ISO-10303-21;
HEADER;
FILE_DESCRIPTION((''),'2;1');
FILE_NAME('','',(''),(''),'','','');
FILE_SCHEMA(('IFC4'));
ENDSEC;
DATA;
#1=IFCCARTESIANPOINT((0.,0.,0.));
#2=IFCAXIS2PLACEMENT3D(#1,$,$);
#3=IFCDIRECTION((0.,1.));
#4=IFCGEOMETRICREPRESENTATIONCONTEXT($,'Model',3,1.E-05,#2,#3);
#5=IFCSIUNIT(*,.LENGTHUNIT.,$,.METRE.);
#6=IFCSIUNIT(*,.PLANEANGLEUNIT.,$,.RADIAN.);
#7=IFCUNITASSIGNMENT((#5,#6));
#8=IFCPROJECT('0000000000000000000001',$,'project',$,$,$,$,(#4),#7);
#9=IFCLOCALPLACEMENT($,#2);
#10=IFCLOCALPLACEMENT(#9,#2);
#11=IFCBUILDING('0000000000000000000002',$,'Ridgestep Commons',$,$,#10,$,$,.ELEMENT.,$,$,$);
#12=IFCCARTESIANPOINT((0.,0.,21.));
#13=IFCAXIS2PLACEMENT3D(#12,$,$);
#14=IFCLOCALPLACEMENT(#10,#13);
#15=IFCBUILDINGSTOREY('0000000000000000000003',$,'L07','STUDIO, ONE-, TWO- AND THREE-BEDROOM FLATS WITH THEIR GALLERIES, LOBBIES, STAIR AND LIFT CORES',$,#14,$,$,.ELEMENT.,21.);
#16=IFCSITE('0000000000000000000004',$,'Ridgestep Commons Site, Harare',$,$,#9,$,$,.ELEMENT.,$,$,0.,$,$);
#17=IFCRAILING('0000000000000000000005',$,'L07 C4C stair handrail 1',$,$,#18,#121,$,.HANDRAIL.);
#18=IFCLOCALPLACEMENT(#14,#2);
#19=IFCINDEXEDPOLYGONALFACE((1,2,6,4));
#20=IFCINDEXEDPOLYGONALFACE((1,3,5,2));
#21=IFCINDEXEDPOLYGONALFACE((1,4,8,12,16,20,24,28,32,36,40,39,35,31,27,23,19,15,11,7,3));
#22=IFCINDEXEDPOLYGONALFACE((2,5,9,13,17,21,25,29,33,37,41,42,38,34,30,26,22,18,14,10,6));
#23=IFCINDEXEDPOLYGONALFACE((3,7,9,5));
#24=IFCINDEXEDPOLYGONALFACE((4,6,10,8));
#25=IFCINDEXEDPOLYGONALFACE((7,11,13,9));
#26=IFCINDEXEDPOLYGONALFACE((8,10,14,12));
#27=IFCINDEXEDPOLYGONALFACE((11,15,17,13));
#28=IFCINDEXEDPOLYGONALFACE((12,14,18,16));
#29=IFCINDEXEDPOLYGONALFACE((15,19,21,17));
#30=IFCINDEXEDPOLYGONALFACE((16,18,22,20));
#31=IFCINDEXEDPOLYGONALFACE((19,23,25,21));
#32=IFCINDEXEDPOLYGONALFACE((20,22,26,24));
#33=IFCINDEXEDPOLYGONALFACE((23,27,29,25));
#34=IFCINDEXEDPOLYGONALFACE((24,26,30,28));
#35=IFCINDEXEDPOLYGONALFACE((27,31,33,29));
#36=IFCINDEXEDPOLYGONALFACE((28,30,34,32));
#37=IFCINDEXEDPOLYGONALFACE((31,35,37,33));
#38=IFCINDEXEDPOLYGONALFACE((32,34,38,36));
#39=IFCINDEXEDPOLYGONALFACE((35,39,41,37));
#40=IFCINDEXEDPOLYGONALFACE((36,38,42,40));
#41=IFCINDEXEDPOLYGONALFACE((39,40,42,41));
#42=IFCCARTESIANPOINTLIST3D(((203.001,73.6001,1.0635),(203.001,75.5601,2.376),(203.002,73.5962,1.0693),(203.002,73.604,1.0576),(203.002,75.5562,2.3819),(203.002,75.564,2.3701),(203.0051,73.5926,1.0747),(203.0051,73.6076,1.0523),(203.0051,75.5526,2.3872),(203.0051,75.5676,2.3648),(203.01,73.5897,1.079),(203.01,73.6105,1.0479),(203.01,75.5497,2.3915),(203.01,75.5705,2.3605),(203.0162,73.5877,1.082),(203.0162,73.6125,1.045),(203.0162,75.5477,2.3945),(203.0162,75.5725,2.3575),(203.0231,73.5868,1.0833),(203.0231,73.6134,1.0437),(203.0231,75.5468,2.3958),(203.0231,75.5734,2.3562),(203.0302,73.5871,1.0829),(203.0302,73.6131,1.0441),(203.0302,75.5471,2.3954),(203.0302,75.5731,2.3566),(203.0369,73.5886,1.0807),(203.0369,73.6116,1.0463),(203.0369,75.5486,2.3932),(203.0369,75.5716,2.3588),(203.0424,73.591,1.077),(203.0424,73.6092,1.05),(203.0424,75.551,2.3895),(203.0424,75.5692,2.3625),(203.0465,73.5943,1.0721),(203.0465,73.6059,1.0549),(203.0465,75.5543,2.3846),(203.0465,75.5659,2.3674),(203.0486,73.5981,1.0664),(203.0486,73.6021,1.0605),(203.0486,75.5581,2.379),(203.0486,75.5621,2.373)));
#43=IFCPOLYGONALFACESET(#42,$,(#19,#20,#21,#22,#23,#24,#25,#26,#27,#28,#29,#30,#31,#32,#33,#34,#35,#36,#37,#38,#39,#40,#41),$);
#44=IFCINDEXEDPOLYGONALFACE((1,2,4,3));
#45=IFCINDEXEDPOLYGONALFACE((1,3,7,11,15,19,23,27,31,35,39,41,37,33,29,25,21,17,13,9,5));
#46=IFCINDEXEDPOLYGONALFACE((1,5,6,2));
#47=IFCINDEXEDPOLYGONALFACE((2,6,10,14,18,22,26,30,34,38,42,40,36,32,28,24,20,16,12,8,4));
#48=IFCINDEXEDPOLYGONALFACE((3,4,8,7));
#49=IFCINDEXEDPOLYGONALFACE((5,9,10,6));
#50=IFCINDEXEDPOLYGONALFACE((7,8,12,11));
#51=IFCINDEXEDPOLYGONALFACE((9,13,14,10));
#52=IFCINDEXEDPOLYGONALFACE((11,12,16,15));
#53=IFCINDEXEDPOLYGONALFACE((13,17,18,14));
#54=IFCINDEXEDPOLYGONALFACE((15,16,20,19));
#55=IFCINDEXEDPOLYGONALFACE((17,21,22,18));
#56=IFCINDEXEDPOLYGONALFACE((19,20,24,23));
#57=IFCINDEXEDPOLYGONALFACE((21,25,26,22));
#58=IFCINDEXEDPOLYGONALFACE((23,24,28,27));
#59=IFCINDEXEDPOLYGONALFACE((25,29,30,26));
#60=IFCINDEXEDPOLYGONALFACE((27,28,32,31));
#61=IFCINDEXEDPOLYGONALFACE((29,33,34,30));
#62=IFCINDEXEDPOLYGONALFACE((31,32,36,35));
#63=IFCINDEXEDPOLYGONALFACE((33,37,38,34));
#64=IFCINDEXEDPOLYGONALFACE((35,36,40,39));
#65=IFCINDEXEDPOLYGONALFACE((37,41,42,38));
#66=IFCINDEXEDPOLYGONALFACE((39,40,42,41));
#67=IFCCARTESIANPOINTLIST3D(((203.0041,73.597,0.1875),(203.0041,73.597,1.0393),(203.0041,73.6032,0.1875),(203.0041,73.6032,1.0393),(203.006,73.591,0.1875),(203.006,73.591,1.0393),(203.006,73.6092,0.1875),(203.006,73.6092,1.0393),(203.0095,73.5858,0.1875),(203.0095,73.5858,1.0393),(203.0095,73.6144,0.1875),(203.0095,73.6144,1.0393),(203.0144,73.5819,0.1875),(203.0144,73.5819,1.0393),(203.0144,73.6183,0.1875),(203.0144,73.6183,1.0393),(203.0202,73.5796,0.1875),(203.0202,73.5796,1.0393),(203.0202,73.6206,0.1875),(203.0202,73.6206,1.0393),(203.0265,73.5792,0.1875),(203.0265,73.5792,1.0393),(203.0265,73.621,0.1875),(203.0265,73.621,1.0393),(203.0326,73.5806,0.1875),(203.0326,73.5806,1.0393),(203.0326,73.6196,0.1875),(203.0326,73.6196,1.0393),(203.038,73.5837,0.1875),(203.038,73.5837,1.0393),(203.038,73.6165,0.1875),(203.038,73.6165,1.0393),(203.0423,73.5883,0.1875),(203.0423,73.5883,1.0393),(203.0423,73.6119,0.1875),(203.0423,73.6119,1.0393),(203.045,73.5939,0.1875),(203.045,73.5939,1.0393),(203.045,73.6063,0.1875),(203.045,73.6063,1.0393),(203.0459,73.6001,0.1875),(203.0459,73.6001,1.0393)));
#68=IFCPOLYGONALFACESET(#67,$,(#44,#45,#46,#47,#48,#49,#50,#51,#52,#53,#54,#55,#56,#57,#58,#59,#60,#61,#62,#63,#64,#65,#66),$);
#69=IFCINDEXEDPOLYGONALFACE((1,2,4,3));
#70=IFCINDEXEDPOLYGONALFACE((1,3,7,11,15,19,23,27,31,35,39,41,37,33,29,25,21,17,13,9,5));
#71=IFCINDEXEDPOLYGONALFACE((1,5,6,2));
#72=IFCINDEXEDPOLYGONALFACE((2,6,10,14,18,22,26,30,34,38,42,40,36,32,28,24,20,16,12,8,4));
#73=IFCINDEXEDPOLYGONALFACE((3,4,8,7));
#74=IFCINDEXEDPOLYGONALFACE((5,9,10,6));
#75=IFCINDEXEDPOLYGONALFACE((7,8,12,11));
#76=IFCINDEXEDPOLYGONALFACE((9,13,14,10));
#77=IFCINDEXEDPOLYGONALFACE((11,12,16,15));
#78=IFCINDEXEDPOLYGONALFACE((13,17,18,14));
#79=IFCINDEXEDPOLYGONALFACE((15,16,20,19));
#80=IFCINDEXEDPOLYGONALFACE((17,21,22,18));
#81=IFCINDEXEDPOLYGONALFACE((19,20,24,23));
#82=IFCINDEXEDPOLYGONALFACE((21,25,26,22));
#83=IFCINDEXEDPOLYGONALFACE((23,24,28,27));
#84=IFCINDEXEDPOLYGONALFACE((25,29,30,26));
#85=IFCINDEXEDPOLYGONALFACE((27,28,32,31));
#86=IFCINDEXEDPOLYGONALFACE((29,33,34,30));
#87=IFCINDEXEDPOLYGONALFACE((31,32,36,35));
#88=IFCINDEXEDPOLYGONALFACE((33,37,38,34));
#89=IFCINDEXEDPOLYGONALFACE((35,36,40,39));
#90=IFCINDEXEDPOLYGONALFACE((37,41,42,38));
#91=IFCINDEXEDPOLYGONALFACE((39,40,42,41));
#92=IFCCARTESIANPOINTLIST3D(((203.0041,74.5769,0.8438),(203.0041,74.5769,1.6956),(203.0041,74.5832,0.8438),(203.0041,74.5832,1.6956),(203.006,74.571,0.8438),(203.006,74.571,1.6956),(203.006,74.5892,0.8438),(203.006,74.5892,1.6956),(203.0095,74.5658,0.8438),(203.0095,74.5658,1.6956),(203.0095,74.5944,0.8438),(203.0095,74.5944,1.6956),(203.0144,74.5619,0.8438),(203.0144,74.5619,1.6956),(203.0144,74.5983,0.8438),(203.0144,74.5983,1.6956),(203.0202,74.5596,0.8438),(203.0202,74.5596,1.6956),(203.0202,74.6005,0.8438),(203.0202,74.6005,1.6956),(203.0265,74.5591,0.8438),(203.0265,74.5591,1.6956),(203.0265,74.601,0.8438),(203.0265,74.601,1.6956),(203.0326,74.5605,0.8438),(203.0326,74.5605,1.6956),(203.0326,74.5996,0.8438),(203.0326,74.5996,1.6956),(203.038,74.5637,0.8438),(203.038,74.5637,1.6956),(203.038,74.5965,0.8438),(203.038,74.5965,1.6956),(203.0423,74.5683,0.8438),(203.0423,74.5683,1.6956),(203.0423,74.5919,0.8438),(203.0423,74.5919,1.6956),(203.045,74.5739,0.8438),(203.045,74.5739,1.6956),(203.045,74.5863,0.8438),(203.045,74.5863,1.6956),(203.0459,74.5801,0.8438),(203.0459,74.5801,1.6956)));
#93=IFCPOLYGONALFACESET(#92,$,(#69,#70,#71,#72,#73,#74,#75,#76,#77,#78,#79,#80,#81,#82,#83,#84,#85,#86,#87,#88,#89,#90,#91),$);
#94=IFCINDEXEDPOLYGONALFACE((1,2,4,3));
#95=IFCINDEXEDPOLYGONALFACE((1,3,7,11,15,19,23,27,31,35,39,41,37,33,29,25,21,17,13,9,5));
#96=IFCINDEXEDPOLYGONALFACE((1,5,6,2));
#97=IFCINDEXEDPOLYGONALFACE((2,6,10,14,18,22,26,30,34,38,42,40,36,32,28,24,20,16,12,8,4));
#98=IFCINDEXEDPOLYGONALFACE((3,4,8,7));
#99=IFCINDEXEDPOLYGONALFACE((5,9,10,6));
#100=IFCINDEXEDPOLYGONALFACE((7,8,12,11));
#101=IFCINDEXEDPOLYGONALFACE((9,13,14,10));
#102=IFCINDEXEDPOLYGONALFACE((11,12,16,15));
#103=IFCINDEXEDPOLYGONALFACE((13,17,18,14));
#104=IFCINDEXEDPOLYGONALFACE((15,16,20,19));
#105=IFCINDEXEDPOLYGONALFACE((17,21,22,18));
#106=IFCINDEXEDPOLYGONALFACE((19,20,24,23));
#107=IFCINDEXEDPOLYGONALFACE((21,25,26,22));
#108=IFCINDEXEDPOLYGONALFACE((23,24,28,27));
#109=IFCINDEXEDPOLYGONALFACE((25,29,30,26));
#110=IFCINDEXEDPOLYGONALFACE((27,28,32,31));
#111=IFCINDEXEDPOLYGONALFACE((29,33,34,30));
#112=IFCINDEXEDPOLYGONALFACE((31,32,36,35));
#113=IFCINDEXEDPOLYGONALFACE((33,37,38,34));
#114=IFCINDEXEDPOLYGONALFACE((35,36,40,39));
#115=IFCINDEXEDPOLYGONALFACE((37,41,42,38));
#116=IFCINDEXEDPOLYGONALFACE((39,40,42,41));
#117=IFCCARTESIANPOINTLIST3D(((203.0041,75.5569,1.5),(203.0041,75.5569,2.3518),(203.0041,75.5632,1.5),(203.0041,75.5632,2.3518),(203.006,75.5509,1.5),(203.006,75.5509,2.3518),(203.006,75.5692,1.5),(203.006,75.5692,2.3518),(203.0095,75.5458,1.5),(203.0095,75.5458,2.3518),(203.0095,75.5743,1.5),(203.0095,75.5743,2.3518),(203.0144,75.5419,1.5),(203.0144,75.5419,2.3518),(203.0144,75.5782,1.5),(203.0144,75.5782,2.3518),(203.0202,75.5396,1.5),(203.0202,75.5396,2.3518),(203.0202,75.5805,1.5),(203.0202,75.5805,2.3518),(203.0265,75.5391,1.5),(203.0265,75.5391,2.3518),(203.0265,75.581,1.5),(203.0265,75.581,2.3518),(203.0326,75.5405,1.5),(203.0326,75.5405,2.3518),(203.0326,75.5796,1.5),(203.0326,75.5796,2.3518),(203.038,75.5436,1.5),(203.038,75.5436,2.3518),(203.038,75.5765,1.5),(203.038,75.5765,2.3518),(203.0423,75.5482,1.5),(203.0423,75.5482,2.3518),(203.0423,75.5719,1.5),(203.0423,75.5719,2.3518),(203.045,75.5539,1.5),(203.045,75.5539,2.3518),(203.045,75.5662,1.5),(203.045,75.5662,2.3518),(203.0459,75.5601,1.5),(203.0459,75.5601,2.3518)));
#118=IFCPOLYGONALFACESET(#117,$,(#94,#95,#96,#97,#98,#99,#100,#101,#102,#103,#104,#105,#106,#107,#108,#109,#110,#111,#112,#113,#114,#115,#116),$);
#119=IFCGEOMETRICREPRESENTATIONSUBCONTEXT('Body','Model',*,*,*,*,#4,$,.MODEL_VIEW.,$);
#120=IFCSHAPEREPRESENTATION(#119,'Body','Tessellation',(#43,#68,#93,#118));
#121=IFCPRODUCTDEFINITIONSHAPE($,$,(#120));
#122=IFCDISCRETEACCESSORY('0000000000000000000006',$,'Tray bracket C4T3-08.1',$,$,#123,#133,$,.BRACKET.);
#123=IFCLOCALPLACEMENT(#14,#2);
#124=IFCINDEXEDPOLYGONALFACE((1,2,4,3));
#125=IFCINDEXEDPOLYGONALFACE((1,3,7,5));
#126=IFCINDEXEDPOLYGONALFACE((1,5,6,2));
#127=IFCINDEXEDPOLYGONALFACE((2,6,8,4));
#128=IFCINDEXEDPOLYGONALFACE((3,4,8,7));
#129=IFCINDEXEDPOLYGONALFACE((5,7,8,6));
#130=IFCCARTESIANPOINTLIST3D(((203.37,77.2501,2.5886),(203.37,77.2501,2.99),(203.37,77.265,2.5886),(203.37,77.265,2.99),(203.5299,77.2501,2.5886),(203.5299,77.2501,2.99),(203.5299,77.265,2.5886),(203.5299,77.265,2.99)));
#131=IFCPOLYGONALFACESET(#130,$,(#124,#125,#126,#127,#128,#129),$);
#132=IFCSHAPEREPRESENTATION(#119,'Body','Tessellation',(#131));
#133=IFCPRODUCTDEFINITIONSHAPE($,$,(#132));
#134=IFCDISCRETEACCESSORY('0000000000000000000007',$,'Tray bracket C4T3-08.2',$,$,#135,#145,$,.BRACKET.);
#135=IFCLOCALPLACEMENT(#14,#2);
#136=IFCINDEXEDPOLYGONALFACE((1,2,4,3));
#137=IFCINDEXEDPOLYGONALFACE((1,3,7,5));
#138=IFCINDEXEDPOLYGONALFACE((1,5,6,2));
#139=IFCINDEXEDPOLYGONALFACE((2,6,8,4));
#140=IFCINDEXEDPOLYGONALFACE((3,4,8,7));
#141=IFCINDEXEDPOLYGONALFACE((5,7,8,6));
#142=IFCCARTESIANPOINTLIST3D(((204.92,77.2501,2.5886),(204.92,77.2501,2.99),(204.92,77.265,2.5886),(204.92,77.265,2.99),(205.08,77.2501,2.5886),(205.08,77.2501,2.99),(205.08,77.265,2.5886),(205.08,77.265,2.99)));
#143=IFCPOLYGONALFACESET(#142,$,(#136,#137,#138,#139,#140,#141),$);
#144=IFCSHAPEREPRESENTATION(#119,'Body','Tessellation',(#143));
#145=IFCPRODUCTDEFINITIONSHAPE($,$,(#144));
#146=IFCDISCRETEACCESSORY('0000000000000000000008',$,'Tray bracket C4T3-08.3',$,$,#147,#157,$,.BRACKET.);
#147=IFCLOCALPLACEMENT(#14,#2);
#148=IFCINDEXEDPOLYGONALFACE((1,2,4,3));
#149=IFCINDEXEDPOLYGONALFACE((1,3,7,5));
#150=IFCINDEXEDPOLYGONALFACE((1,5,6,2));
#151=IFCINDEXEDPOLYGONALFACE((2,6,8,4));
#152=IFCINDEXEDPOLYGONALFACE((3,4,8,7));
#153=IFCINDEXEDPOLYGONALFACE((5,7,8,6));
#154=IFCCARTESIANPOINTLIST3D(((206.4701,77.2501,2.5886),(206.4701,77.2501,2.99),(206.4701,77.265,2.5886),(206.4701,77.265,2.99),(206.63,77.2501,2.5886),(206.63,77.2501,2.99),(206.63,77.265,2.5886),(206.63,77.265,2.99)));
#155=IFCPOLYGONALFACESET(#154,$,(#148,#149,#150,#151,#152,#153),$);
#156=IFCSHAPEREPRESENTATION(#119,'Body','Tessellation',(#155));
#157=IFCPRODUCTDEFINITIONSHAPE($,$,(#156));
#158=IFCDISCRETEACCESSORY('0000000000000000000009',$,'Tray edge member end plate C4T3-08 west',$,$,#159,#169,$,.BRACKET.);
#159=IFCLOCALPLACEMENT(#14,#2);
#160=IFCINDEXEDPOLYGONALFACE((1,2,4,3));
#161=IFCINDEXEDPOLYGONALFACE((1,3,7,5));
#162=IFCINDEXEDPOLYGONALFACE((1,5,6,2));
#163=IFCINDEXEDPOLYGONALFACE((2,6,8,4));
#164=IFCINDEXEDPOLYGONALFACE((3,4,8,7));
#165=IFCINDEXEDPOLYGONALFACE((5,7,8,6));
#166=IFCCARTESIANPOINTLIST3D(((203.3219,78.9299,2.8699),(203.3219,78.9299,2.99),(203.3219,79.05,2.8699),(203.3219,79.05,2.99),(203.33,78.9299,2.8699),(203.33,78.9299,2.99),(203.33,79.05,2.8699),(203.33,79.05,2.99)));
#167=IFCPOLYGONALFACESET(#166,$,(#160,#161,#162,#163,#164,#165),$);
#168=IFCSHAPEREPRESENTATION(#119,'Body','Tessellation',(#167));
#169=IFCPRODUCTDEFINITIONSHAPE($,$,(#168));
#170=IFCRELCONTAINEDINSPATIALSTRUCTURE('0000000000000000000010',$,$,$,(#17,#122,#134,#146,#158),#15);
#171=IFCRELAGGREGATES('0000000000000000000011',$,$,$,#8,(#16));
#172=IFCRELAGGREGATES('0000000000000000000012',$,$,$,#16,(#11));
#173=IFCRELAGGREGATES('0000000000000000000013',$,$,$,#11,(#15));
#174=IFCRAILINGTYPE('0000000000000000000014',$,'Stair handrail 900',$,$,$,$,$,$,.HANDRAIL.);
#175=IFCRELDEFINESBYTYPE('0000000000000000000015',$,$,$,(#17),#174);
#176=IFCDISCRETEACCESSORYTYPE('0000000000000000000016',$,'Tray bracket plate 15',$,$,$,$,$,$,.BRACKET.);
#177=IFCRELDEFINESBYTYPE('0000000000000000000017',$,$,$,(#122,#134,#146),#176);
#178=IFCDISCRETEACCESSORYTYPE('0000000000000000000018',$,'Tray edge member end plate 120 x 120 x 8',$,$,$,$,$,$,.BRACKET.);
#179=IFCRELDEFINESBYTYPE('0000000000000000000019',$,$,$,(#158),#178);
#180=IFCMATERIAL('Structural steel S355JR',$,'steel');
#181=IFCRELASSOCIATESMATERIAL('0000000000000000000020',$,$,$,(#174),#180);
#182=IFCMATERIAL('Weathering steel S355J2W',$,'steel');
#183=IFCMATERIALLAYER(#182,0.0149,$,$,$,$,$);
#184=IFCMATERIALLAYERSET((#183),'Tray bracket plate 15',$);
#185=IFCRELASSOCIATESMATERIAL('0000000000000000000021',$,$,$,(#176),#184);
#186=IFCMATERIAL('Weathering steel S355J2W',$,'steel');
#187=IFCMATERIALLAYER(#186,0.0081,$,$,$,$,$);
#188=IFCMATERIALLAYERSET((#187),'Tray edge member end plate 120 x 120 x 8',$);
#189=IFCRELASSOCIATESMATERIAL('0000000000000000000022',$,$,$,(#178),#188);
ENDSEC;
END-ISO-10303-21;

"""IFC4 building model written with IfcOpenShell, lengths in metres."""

from ifc_helpers import new_model, si_unit, direction, frame, origin, origin_2d, place, context, subcontext, project, spatial, rectangle, circle, extrude, material, layer, layer_set, type_object, element, save


model = new_model("IFC4")

# Units and contexts
model_context = context("Model", 3, precision=1e-05, world=origin(), true_north=direction((0.0, 1.0)))
body_context = subcontext(model_context, "Body", "Model", "MODEL_VIEW")
ifc_project = project(units=[si_unit("LENGTHUNIT", "METRE"), si_unit("PLANEANGLEUNIT", "RADIAN")], contexts=[model_context])

# Site, building, storey
site_placement = place(None, origin())
site = spatial("IfcSite", under=ifc_project, at=site_placement, Name="Ridgestep Commons Site, Harare", CompositionType="ELEMENT", RefElevation=0.0)
building_placement = place(site_placement, origin())
building = spatial("IfcBuilding", under=site, at=building_placement, Name="Ridgestep Commons", CompositionType="ELEMENT")
storey_placement = place(building_placement, frame((0.0, 0.0, 21.0)))
storey = spatial("IfcBuildingStorey", under=building, at=storey_placement, Name="L07", Description="STUDIO, ONE-, TWO- AND THREE-BEDROOM FLATS WITH THEIR GALLERIES, LOBBIES, STAIR AND LIFT CORES", CompositionType="ELEMENT", Elevation=21.0)

# Railing
ifc_material_1 = material(Name="Structural steel S355JR", Category="steel")
railing_type_1 = type_object("IfcRailingType", Name="Stair handrail 900", PredefinedType="HANDRAIL", material=ifc_material_1)
railing_1_placement = place(storey_placement, frame((203.0249, 73.6001, 0.1875)))
element("IfcRailing", 1, at=railing_1_placement, inside=storey, type_object=railing_type_1, Name="L07 C4C stair handrail 1", PredefinedType="HANDRAIL", context=body_context, shape_type="SweptSolid", body=[
    extrude(circle(Radius=0.0239, at=origin_2d()), frame((0.0, 0.0, 0.876), z_axis=(0.0, 0.830902, 0.556419), x_axis=(-1.0, 0.0, 0.0)), (0.0, 0.0, 1.0), 2.3589),
    extrude(circle(Radius=0.021, at=origin_2d()), origin(), (0.0, 0.0, 1.0), 0.8518),
    extrude(circle(Radius=0.021, at=origin_2d()), frame((0.0, 0.98, 0.6562)), (0.0, 0.0, 1.0), 0.8518),
    extrude(circle(Radius=0.021, at=origin_2d()), frame((0.0, 1.96, 1.3125)), (0.0, 0.0, 1.0), 0.8518),
])

# Discrete accessories
ifc_material_2 = material(Name="Weathering steel S355J2W", Category="steel")
ifc_layer_1 = layer(ifc_material_2, 0.0149)
ifc_layer_set_1 = layer_set([ifc_layer_1], Name="Tray bracket plate 15")
discrete_accessory_type_1 = type_object("IfcDiscreteAccessoryType", Name="Tray bracket plate 15", PredefinedType="BRACKET", material=ifc_layer_set_1)
for number, where, z_axis, x_axis, name in (
    (2, (203.45, 77.2576, 2.5886), (0.0, 0.0, 1.0), (1.0, 0.0, 0.0), "Tray bracket C4T3-08.1"),
    (3, (205.0, 77.2576, 2.5886), (0.0, 0.0, 1.0), (1.0, 0.0, 0.0), "Tray bracket C4T3-08.2"),
    (4, (206.55, 77.2576, 2.5886), (0.0, 0.0, 1.0), (1.0, 0.0, 0.0), "Tray bracket C4T3-08.3"),
):
    element("IfcDiscreteAccessory", number, at=place(storey_placement, frame(where, z_axis=z_axis, x_axis=x_axis)), inside=storey, type_object=discrete_accessory_type_1, Name=name, PredefinedType="BRACKET", context=body_context, shape_type="SweptSolid", body=[
        extrude(rectangle(XDim=0.1599, YDim=0.0149, at=origin_2d()), origin(), (0.0, 0.0, 1.0), 0.4014),
    ])
ifc_material_3 = material(Name="Weathering steel S355J2W", Category="steel")
ifc_layer_2 = layer(ifc_material_3, 0.0081)
ifc_layer_set_2 = layer_set([ifc_layer_2], Name="Tray edge member end plate 120 x 120 x 8")
discrete_accessory_type_2 = type_object("IfcDiscreteAccessoryType", Name="Tray edge member end plate 120 x 120 x 8", PredefinedType="BRACKET", material=ifc_layer_set_2)
discrete_accessory_placement = place(storey_placement, frame((203.3259, 78.99, 2.8699), z_axis=(0.0, 0.0, 1.0), x_axis=(1.0, 0.0, 0.0)))
element("IfcDiscreteAccessory", 5, at=discrete_accessory_placement, inside=storey, type_object=discrete_accessory_type_2, Name="Tray edge member end plate C4T3-08 west", PredefinedType="BRACKET", context=body_context, shape_type="SweptSolid", body=[
    extrude(rectangle(XDim=0.0081, YDim=0.1201, at=origin_2d()), origin(), (0.0, 0.0, 1.0), 0.1201),
])

save(model, "model.ifc")
